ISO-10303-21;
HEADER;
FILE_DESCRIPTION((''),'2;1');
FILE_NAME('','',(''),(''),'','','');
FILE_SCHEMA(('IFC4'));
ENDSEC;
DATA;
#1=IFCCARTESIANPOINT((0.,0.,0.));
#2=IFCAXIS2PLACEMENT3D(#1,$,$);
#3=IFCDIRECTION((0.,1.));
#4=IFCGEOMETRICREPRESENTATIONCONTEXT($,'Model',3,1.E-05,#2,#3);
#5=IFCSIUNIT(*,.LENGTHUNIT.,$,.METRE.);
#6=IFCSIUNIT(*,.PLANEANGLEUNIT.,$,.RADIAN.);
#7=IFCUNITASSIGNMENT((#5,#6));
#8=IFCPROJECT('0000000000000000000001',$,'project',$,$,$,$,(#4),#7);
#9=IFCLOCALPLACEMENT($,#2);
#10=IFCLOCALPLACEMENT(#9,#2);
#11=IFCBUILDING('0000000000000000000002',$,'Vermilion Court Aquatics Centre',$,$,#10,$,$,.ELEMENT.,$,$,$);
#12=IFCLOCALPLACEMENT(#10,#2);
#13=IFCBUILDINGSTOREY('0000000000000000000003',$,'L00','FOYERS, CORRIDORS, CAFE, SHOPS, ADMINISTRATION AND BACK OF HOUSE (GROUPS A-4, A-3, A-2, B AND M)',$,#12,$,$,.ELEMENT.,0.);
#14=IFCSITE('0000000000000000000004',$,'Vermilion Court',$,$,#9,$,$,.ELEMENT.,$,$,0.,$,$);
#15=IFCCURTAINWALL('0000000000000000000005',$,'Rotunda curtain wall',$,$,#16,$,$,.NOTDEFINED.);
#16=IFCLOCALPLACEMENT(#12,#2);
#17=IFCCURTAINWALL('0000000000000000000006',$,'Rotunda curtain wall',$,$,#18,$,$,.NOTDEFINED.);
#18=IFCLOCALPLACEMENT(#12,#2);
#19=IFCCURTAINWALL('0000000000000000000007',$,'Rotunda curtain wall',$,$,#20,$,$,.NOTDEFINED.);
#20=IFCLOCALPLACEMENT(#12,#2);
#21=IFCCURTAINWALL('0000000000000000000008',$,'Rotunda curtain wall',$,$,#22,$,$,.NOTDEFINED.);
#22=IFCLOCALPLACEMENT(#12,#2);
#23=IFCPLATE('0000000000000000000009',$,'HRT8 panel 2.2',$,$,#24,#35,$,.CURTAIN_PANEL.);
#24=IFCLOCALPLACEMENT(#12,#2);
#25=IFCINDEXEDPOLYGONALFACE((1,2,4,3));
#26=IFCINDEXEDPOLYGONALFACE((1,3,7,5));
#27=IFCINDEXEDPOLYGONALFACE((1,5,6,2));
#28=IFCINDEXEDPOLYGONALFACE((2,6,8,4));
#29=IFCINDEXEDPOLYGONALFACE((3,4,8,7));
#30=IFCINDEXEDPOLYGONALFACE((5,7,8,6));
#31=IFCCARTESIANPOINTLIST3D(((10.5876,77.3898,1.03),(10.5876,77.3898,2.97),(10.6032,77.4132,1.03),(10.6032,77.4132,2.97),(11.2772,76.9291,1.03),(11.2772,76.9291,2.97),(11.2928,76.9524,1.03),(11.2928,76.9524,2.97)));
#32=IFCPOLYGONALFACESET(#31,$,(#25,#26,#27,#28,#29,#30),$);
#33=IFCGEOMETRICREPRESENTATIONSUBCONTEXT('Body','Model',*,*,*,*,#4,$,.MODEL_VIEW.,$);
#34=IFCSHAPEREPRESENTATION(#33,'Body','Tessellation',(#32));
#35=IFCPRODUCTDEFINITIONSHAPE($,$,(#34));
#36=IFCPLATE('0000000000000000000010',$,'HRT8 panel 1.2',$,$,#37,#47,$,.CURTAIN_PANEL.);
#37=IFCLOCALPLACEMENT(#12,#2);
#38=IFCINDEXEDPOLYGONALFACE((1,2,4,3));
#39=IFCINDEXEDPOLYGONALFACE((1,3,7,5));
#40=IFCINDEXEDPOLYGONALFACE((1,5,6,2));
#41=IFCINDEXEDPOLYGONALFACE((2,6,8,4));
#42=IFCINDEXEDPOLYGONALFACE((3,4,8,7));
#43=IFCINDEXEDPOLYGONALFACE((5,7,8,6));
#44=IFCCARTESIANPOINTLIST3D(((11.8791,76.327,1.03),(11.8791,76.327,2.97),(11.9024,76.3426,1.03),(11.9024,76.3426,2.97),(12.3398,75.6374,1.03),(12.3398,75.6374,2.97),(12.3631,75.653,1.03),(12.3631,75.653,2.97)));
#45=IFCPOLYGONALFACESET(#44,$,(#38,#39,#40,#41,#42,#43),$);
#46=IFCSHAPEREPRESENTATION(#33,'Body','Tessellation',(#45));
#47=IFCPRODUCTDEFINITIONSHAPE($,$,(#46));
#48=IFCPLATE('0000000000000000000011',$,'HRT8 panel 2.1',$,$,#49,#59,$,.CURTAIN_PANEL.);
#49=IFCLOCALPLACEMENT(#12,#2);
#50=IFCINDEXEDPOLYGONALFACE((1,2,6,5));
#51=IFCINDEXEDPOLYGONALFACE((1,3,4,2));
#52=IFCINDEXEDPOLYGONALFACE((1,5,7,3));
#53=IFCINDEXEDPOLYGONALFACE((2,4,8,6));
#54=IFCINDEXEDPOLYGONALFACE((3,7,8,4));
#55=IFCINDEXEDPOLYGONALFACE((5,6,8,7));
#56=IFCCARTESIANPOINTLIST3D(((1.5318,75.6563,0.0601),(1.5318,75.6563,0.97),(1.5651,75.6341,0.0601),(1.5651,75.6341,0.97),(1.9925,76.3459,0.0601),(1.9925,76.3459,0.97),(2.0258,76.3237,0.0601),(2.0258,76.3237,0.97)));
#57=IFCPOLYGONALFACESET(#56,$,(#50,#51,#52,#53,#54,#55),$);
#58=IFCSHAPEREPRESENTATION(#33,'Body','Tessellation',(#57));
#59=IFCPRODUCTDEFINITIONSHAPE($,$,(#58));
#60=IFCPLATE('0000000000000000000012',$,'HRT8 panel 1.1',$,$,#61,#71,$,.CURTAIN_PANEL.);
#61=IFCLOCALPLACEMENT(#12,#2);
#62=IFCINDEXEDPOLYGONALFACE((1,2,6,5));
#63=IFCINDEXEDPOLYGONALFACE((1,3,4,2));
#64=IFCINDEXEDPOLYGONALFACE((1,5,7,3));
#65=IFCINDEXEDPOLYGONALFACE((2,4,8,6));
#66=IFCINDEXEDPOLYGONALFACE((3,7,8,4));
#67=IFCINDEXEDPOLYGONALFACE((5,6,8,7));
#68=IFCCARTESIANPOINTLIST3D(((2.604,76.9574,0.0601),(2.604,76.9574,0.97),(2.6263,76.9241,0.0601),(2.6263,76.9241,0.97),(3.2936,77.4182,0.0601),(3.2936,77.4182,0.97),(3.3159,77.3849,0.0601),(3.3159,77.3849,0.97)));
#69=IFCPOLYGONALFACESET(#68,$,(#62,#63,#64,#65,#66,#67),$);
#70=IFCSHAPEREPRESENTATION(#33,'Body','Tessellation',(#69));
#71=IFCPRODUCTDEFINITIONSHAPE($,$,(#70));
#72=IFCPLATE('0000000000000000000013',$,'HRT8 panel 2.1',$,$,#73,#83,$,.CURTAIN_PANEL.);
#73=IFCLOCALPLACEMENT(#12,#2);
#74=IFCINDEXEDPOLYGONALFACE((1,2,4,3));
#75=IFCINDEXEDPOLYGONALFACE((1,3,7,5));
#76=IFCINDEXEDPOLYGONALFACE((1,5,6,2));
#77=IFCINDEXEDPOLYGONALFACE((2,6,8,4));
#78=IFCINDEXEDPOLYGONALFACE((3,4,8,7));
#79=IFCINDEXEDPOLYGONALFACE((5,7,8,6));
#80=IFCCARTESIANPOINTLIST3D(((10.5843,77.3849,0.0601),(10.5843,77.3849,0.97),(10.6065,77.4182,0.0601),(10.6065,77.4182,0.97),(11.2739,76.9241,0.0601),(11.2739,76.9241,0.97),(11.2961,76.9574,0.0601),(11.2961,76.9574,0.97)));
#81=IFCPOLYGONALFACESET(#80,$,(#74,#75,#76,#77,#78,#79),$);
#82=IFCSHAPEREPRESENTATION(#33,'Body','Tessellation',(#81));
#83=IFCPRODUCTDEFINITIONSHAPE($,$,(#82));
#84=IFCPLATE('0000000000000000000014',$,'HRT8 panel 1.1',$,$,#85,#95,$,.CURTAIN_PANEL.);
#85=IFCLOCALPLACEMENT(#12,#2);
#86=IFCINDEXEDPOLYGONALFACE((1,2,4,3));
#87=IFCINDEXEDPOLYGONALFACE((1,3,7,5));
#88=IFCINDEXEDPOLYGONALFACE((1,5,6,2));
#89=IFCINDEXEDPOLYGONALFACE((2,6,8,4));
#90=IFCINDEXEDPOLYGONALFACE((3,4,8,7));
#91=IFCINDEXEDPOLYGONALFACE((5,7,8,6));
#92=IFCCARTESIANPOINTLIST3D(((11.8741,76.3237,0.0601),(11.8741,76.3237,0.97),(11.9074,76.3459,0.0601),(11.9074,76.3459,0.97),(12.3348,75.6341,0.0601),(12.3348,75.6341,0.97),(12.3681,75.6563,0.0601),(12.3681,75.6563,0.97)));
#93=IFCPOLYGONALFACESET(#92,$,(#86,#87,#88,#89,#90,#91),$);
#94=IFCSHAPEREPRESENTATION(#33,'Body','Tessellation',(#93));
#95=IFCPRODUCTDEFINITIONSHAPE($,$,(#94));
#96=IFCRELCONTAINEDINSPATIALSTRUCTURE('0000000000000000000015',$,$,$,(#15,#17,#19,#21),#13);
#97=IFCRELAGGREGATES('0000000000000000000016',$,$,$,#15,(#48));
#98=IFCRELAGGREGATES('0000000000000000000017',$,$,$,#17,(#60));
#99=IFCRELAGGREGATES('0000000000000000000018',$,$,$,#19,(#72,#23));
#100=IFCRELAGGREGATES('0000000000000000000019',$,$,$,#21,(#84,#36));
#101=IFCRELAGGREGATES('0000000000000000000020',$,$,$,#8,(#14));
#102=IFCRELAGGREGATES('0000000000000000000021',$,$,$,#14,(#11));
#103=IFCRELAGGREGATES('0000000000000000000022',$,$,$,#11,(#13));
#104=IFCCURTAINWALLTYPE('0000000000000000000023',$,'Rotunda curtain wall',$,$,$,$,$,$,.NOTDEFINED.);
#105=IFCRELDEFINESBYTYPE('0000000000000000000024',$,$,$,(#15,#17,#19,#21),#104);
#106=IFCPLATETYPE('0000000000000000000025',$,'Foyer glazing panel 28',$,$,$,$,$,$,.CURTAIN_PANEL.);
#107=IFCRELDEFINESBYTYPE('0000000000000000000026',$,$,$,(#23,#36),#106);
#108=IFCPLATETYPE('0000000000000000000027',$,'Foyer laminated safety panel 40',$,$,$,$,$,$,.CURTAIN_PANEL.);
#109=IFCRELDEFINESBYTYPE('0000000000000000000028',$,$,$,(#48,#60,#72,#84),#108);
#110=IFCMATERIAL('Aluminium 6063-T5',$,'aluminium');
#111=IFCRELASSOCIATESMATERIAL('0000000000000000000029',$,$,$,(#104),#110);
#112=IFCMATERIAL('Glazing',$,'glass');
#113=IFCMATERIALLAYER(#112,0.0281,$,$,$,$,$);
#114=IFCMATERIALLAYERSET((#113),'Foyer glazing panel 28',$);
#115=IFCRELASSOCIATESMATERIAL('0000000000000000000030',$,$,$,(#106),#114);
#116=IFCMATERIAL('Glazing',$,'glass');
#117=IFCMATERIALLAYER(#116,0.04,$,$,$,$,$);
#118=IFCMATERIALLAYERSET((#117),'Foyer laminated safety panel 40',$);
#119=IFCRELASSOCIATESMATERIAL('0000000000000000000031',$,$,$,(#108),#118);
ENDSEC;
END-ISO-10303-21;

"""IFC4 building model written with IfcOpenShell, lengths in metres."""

from ifc_helpers import new_model, si_unit, direction, frame, origin, origin_2d, place, context, subcontext, project, spatial, rectangle, extrude, material, layer, layer_set, type_object, element, aggregate, save


model = new_model("IFC4")

# Units and contexts
model_context = context("Model", 3, precision=1e-05, world=origin(), true_north=direction((0.0, 1.0)))
body_context = subcontext(model_context, "Body", "Model", "MODEL_VIEW")
ifc_project = project(units=[si_unit("LENGTHUNIT", "METRE"), si_unit("PLANEANGLEUNIT", "RADIAN")], contexts=[model_context])

# Site, building, storey
site_placement = place(None, origin())
site = spatial("IfcSite", under=ifc_project, at=site_placement, Name="Vermilion Court", CompositionType="ELEMENT", RefElevation=0.0)
building_placement = place(site_placement, origin())
building = spatial("IfcBuilding", under=site, at=building_placement, Name="Vermilion Court Aquatics Centre", CompositionType="ELEMENT")
storey_placement = place(building_placement, origin())
storey = spatial("IfcBuildingStorey", under=building, at=storey_placement, Name="L00", Description="FOYERS, CORRIDORS, CAFE, SHOPS, ADMINISTRATION AND BACK OF HOUSE (GROUPS A-4, A-3, A-2, B AND M)", CompositionType="ELEMENT", Elevation=0.0)

# Curtain walls
ifc_material_1 = material(Name="Aluminium 6063-T5", Category="aluminium")
curtain_wall_type = type_object("IfcCurtainWallType", Name="Rotunda curtain wall", PredefinedType="NOTDEFINED", material=ifc_material_1)
curtain_wall_1_placement = place(storey_placement, origin())
curtain_wall_1 = element("IfcCurtainWall", 1, at=curtain_wall_1_placement, inside=storey, type_object=curtain_wall_type, Name="Rotunda curtain wall", PredefinedType="NOTDEFINED")
curtain_wall_2_placement = place(storey_placement, origin())
curtain_wall_2 = element("IfcCurtainWall", 2, at=curtain_wall_2_placement, inside=storey, type_object=curtain_wall_type, Name="Rotunda curtain wall", PredefinedType="NOTDEFINED")
curtain_wall_3_placement = place(storey_placement, origin())
curtain_wall_3 = element("IfcCurtainWall", 3, at=curtain_wall_3_placement, inside=storey, type_object=curtain_wall_type, Name="Rotunda curtain wall", PredefinedType="NOTDEFINED")
curtain_wall_4_placement = place(storey_placement, origin())
curtain_wall_4 = element("IfcCurtainWall", 4, at=curtain_wall_4_placement, inside=storey, type_object=curtain_wall_type, Name="Rotunda curtain wall", PredefinedType="NOTDEFINED")

# Plates
ifc_material_2 = material(Name="Glazing", Category="glass")
ifc_layer_1 = layer(ifc_material_2, 0.0281)
ifc_layer_set_1 = layer_set([ifc_layer_1], Name="Foyer glazing panel 28")
plate_type_1 = type_object("IfcPlateType", Name="Foyer glazing panel 28", PredefinedType="CURTAIN_PANEL", material=ifc_layer_set_1)
plate_1_placement = place(storey_placement, frame((10.9402, 77.1711, 1.03), z_axis=(0.0, 0.0, 1.0), x_axis=(0.831489, -0.555541, 0.0)))
plate_1 = element("IfcPlate", 5, at=plate_1_placement, type_object=plate_type_1, Name="HRT8 panel 2.2", PredefinedType="CURTAIN_PANEL", context=body_context, shape_type="SweptSolid", body=[
    extrude(rectangle(XDim=0.8293, YDim=0.0281, at=origin_2d()), origin(), (0.0, 0.0, 1.0), 1.9399),
])
plate_2_placement = place(storey_placement, frame((12.1211, 75.99, 1.03), z_axis=(0.0, 0.0, 1.0), x_axis=(0.555541, -0.831489, 0.0)))
plate_2 = element("IfcPlate", 6, at=plate_2_placement, type_object=plate_type_1, Name="HRT8 panel 1.2", PredefinedType="CURTAIN_PANEL", context=body_context, shape_type="SweptSolid", body=[
    extrude(rectangle(XDim=0.8293, YDim=0.0281, at=origin_2d()), origin(), (0.0, 0.0, 1.0), 1.9399),
])
ifc_material_3 = material(Name="Glazing", Category="glass")
ifc_layer_2 = layer(ifc_material_3, 0.04)
ifc_layer_set_2 = layer_set([ifc_layer_2], Name="Foyer laminated safety panel 40")
plate_type_2 = type_object("IfcPlateType", Name="Foyer laminated safety panel 40", PredefinedType="CURTAIN_PANEL", material=ifc_layer_set_2)
plate_3_placement = place(storey_placement, frame((1.7788, 75.99, 0.0601), z_axis=(0.0, 0.0, 1.0), x_axis=(0.555541, 0.831489, 0.0)))
plate_3 = element("IfcPlate", 7, at=plate_3_placement, type_object=plate_type_2, Name="HRT8 panel 2.1", PredefinedType="CURTAIN_PANEL", context=body_context, shape_type="SweptSolid", body=[
    extrude(rectangle(XDim=0.8293, YDim=0.04, at=origin_2d()), origin(), (0.0, 0.0, 1.0), 0.9099),
])
aggregate(curtain_wall_1, [plate_3])
plate_4_placement = place(storey_placement, frame((2.96, 77.1711, 0.0601), z_axis=(0.0, 0.0, 1.0), x_axis=(0.831489, 0.555541, 0.0)))
plate_4 = element("IfcPlate", 8, at=plate_4_placement, type_object=plate_type_2, Name="HRT8 panel 1.1", PredefinedType="CURTAIN_PANEL", context=body_context, shape_type="SweptSolid", body=[
    extrude(rectangle(XDim=0.8293, YDim=0.04, at=origin_2d()), origin(), (0.0, 0.0, 1.0), 0.9099),
])
aggregate(curtain_wall_2, [plate_4])
plate_5_placement = place(storey_placement, frame((10.9402, 77.1711, 0.0601), z_axis=(0.0, 0.0, 1.0), x_axis=(0.831489, -0.555541, 0.0)))
plate_5 = element("IfcPlate", 9, at=plate_5_placement, type_object=plate_type_2, Name="HRT8 panel 2.1", PredefinedType="CURTAIN_PANEL", context=body_context, shape_type="SweptSolid", body=[
    extrude(rectangle(XDim=0.8293, YDim=0.04, at=origin_2d()), origin(), (0.0, 0.0, 1.0), 0.9099),
])
aggregate(curtain_wall_3, [plate_5, plate_1])
plate_6_placement = place(storey_placement, frame((12.1211, 75.99, 0.0601), z_axis=(0.0, 0.0, 1.0), x_axis=(0.555541, -0.831489, 0.0)))
plate_6 = element("IfcPlate", 10, at=plate_6_placement, type_object=plate_type_2, Name="HRT8 panel 1.1", PredefinedType="CURTAIN_PANEL", context=body_context, shape_type="SweptSolid", body=[
    extrude(rectangle(XDim=0.8293, YDim=0.04, at=origin_2d()), origin(), (0.0, 0.0, 1.0), 0.9099),
])
aggregate(curtain_wall_4, [plate_6, plate_2])

save(model, "model.ifc")
